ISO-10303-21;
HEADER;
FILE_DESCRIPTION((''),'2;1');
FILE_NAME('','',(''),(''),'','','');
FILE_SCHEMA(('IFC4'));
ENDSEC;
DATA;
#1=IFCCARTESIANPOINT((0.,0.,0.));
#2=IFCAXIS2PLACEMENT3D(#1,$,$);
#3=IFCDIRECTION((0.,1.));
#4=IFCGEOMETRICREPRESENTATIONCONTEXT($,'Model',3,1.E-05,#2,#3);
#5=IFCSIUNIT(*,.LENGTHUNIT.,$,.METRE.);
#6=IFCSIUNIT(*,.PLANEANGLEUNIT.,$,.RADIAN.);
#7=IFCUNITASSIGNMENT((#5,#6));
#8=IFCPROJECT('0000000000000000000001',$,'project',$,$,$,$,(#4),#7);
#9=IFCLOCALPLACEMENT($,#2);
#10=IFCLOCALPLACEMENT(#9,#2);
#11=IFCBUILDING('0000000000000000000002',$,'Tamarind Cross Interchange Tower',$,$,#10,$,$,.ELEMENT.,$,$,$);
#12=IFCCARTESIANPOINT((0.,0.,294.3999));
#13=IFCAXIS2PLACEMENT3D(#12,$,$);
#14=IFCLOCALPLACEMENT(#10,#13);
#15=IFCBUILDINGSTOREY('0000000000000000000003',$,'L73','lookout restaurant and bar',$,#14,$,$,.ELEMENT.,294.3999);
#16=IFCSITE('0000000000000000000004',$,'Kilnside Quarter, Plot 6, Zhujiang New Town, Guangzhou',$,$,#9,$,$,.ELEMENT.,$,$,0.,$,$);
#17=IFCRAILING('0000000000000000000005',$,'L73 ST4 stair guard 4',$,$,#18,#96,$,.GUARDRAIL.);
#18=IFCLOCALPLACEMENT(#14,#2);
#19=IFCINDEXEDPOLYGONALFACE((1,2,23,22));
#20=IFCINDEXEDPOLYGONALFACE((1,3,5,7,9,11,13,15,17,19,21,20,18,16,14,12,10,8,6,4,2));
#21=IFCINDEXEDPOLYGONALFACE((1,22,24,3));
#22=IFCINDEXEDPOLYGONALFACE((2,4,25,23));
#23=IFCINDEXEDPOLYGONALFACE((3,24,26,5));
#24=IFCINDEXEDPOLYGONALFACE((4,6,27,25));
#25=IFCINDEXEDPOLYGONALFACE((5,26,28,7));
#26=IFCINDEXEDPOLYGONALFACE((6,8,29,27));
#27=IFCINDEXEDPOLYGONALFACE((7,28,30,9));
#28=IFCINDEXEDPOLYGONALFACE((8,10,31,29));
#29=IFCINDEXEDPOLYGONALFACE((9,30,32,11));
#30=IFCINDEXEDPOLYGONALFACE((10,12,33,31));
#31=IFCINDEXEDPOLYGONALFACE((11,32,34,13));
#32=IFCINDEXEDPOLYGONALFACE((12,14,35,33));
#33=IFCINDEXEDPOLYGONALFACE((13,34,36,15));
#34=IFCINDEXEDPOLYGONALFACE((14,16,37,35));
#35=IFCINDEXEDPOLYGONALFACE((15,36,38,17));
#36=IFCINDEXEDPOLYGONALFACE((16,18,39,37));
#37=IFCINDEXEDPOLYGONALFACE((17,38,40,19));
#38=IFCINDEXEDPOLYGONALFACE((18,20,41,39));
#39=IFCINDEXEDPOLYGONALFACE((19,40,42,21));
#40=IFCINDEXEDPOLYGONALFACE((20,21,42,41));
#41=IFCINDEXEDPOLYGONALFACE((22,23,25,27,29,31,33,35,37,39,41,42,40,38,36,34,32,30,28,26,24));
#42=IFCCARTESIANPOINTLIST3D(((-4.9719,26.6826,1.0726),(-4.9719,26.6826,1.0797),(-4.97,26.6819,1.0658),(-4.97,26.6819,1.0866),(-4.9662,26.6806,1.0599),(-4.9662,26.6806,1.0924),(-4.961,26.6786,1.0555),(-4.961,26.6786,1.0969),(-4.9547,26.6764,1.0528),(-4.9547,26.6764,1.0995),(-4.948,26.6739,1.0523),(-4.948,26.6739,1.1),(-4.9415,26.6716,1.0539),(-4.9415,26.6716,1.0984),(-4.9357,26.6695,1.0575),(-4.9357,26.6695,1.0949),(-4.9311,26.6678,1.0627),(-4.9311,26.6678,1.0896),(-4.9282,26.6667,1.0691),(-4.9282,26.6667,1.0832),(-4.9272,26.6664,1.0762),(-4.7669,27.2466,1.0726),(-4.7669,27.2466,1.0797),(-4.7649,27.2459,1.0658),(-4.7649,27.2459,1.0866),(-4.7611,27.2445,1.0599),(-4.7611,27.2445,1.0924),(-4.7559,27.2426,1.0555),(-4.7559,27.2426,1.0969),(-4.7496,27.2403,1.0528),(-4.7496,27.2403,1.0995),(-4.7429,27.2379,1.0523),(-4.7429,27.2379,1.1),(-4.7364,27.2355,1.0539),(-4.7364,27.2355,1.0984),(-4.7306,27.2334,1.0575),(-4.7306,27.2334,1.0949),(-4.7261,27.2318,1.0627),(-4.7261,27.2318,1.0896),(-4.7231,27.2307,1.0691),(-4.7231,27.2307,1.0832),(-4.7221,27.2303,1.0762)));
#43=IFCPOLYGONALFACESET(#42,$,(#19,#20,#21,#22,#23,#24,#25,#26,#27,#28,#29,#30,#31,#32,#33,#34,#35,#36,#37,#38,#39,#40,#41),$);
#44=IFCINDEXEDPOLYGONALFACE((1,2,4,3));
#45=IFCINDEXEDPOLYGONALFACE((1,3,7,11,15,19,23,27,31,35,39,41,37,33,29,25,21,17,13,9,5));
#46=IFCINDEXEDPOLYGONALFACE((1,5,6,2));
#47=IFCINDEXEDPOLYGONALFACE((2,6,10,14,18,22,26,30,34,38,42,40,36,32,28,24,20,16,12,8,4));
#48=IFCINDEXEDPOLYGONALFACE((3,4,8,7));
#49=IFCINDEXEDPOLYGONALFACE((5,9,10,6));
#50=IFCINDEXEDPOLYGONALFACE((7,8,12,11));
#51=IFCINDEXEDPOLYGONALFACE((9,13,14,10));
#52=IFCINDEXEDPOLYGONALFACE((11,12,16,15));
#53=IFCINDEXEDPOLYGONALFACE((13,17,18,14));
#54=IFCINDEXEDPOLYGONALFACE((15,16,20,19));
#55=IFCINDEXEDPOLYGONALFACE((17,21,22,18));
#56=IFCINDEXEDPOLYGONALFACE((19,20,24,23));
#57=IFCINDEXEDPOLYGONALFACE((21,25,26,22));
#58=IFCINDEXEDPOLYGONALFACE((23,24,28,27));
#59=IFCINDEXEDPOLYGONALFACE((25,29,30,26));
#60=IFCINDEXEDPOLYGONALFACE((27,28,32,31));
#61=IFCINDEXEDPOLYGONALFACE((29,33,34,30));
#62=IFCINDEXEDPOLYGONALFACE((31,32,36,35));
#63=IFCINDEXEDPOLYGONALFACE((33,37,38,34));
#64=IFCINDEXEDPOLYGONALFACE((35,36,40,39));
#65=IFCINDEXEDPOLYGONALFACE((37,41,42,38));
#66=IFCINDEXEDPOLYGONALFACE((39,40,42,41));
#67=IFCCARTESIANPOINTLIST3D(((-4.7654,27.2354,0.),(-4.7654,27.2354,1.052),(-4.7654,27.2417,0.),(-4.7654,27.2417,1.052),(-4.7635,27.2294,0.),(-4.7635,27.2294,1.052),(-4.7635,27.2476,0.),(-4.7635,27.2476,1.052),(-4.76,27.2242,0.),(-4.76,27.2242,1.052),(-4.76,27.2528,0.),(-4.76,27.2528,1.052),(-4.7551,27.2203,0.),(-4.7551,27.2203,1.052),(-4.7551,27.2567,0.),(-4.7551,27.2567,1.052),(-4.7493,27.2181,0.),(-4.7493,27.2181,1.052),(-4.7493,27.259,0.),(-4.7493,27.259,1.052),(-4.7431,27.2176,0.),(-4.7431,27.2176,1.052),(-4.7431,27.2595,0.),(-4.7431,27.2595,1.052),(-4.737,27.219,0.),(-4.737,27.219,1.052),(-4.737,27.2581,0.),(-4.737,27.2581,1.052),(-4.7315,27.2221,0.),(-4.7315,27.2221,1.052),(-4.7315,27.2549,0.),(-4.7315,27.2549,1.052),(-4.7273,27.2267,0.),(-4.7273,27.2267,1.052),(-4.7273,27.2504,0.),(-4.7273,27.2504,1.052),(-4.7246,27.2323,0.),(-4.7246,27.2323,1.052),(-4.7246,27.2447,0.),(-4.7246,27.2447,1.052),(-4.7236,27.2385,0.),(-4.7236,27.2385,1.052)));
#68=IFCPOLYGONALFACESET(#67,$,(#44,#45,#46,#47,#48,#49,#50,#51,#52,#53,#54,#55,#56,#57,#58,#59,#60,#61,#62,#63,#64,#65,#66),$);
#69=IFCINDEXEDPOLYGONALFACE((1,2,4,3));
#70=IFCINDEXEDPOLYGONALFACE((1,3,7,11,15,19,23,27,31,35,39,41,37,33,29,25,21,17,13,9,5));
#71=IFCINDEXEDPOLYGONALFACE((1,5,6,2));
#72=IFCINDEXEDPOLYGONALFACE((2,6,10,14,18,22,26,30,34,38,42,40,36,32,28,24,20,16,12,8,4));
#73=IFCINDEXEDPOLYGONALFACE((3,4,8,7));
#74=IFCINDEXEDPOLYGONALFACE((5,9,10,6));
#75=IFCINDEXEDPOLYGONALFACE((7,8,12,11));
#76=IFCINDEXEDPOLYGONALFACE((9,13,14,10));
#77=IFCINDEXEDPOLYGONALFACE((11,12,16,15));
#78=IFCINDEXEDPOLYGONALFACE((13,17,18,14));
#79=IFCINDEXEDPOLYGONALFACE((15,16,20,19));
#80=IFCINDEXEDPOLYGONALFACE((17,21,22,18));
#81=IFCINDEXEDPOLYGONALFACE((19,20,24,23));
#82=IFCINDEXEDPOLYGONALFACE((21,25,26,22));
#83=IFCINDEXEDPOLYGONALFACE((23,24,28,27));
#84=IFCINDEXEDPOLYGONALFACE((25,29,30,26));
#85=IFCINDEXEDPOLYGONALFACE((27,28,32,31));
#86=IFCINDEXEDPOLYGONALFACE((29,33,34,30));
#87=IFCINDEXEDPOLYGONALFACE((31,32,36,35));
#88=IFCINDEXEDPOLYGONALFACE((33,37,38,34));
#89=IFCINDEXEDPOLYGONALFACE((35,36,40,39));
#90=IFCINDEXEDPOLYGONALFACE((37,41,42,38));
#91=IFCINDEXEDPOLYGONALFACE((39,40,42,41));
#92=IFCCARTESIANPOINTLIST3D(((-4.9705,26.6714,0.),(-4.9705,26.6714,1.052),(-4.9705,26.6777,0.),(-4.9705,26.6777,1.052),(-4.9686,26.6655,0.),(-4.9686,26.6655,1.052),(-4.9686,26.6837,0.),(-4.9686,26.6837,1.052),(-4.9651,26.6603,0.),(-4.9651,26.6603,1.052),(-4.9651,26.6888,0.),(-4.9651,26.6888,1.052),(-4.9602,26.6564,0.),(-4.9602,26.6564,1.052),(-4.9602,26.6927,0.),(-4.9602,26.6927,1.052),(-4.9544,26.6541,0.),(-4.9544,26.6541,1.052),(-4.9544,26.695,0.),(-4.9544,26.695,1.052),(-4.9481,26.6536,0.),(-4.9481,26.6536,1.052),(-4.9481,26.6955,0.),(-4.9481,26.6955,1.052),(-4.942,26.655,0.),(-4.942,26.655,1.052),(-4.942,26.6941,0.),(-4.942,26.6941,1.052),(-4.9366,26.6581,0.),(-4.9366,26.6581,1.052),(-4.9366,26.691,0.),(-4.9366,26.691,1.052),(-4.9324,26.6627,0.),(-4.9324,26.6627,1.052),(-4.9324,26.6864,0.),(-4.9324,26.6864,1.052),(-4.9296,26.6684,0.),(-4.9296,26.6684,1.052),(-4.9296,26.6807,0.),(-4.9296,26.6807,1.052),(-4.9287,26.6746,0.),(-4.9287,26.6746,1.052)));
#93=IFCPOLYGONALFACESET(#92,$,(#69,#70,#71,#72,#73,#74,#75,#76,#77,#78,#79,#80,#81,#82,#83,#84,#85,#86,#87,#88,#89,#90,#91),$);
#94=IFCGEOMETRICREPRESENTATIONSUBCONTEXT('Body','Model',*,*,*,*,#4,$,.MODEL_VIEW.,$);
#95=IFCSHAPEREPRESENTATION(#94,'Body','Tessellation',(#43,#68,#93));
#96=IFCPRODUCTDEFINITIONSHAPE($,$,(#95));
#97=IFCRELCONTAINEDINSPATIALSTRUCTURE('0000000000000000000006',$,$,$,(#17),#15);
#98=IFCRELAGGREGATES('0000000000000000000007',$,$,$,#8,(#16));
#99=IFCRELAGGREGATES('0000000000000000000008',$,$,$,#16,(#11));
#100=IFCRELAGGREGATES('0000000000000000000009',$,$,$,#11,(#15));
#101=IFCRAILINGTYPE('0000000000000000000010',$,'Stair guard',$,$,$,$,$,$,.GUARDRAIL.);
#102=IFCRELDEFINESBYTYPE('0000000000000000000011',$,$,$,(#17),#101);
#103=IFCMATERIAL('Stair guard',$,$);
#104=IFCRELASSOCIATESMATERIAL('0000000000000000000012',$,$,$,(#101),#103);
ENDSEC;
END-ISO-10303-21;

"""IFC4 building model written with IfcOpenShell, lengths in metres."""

from ifc_helpers import new_model, si_unit, direction, frame, origin, origin_2d, place, context, subcontext, project, spatial, circle, extrude, material, type_object, element, save


model = new_model("IFC4")

# Units and contexts
model_context = context("Model", 3, precision=1e-05, world=origin(), true_north=direction((0.0, 1.0)))
body_context = subcontext(model_context, "Body", "Model", "MODEL_VIEW")
ifc_project = project(units=[si_unit("LENGTHUNIT", "METRE"), si_unit("PLANEANGLEUNIT", "RADIAN")], contexts=[model_context])

# Site, building, storey
site_placement = place(None, origin())
site = spatial("IfcSite", under=ifc_project, at=site_placement, Name="Kilnside Quarter, Plot 6, Zhujiang New Town, Guangzhou", CompositionType="ELEMENT", RefElevation=0.0)
building_placement = place(site_placement, origin())
building = spatial("IfcBuilding", under=site, at=building_placement, Name="Tamarind Cross Interchange Tower", CompositionType="ELEMENT")
storey_placement = place(building_placement, frame((0.0, 0.0, 294.3999)))
storey = spatial("IfcBuildingStorey", under=building, at=storey_placement, Name="L73", Description="lookout restaurant and bar", CompositionType="ELEMENT", Elevation=294.3999)

# Railing
ifc_material_1 = material(Name="Stair guard")
railing_type_1 = type_object("IfcRailingType", Name="Stair guard", PredefinedType="GUARDRAIL", material=ifc_material_1)
railing_1_placement = place(storey_placement, frame((-4.7446, 27.2385, 0.0)))
element("IfcRailing", 1, at=railing_1_placement, inside=storey, type_object=railing_type_1, Name="L73 ST4 stair guard 4", PredefinedType="GUARDRAIL", context=body_context, shape_type="SweptSolid", body=[
    extrude(circle(Radius=0.0239, at=origin_2d()), frame((0.0, 0.0, 1.0762), z_axis=(-0.341743, -0.939793, 0.0), x_axis=(0.939793, -0.341743, 0.0)), (0.0, 0.0, 1.0), 0.6001),
    extrude(circle(Radius=0.021, at=origin_2d()), origin(), (0.0, 0.0, 1.0), 1.052),
    extrude(circle(Radius=0.021, at=origin_2d()), frame((-0.2051, -0.564, 0.0)), (0.0, 0.0, 1.0), 1.052),
])

save(model, "model.ifc")
